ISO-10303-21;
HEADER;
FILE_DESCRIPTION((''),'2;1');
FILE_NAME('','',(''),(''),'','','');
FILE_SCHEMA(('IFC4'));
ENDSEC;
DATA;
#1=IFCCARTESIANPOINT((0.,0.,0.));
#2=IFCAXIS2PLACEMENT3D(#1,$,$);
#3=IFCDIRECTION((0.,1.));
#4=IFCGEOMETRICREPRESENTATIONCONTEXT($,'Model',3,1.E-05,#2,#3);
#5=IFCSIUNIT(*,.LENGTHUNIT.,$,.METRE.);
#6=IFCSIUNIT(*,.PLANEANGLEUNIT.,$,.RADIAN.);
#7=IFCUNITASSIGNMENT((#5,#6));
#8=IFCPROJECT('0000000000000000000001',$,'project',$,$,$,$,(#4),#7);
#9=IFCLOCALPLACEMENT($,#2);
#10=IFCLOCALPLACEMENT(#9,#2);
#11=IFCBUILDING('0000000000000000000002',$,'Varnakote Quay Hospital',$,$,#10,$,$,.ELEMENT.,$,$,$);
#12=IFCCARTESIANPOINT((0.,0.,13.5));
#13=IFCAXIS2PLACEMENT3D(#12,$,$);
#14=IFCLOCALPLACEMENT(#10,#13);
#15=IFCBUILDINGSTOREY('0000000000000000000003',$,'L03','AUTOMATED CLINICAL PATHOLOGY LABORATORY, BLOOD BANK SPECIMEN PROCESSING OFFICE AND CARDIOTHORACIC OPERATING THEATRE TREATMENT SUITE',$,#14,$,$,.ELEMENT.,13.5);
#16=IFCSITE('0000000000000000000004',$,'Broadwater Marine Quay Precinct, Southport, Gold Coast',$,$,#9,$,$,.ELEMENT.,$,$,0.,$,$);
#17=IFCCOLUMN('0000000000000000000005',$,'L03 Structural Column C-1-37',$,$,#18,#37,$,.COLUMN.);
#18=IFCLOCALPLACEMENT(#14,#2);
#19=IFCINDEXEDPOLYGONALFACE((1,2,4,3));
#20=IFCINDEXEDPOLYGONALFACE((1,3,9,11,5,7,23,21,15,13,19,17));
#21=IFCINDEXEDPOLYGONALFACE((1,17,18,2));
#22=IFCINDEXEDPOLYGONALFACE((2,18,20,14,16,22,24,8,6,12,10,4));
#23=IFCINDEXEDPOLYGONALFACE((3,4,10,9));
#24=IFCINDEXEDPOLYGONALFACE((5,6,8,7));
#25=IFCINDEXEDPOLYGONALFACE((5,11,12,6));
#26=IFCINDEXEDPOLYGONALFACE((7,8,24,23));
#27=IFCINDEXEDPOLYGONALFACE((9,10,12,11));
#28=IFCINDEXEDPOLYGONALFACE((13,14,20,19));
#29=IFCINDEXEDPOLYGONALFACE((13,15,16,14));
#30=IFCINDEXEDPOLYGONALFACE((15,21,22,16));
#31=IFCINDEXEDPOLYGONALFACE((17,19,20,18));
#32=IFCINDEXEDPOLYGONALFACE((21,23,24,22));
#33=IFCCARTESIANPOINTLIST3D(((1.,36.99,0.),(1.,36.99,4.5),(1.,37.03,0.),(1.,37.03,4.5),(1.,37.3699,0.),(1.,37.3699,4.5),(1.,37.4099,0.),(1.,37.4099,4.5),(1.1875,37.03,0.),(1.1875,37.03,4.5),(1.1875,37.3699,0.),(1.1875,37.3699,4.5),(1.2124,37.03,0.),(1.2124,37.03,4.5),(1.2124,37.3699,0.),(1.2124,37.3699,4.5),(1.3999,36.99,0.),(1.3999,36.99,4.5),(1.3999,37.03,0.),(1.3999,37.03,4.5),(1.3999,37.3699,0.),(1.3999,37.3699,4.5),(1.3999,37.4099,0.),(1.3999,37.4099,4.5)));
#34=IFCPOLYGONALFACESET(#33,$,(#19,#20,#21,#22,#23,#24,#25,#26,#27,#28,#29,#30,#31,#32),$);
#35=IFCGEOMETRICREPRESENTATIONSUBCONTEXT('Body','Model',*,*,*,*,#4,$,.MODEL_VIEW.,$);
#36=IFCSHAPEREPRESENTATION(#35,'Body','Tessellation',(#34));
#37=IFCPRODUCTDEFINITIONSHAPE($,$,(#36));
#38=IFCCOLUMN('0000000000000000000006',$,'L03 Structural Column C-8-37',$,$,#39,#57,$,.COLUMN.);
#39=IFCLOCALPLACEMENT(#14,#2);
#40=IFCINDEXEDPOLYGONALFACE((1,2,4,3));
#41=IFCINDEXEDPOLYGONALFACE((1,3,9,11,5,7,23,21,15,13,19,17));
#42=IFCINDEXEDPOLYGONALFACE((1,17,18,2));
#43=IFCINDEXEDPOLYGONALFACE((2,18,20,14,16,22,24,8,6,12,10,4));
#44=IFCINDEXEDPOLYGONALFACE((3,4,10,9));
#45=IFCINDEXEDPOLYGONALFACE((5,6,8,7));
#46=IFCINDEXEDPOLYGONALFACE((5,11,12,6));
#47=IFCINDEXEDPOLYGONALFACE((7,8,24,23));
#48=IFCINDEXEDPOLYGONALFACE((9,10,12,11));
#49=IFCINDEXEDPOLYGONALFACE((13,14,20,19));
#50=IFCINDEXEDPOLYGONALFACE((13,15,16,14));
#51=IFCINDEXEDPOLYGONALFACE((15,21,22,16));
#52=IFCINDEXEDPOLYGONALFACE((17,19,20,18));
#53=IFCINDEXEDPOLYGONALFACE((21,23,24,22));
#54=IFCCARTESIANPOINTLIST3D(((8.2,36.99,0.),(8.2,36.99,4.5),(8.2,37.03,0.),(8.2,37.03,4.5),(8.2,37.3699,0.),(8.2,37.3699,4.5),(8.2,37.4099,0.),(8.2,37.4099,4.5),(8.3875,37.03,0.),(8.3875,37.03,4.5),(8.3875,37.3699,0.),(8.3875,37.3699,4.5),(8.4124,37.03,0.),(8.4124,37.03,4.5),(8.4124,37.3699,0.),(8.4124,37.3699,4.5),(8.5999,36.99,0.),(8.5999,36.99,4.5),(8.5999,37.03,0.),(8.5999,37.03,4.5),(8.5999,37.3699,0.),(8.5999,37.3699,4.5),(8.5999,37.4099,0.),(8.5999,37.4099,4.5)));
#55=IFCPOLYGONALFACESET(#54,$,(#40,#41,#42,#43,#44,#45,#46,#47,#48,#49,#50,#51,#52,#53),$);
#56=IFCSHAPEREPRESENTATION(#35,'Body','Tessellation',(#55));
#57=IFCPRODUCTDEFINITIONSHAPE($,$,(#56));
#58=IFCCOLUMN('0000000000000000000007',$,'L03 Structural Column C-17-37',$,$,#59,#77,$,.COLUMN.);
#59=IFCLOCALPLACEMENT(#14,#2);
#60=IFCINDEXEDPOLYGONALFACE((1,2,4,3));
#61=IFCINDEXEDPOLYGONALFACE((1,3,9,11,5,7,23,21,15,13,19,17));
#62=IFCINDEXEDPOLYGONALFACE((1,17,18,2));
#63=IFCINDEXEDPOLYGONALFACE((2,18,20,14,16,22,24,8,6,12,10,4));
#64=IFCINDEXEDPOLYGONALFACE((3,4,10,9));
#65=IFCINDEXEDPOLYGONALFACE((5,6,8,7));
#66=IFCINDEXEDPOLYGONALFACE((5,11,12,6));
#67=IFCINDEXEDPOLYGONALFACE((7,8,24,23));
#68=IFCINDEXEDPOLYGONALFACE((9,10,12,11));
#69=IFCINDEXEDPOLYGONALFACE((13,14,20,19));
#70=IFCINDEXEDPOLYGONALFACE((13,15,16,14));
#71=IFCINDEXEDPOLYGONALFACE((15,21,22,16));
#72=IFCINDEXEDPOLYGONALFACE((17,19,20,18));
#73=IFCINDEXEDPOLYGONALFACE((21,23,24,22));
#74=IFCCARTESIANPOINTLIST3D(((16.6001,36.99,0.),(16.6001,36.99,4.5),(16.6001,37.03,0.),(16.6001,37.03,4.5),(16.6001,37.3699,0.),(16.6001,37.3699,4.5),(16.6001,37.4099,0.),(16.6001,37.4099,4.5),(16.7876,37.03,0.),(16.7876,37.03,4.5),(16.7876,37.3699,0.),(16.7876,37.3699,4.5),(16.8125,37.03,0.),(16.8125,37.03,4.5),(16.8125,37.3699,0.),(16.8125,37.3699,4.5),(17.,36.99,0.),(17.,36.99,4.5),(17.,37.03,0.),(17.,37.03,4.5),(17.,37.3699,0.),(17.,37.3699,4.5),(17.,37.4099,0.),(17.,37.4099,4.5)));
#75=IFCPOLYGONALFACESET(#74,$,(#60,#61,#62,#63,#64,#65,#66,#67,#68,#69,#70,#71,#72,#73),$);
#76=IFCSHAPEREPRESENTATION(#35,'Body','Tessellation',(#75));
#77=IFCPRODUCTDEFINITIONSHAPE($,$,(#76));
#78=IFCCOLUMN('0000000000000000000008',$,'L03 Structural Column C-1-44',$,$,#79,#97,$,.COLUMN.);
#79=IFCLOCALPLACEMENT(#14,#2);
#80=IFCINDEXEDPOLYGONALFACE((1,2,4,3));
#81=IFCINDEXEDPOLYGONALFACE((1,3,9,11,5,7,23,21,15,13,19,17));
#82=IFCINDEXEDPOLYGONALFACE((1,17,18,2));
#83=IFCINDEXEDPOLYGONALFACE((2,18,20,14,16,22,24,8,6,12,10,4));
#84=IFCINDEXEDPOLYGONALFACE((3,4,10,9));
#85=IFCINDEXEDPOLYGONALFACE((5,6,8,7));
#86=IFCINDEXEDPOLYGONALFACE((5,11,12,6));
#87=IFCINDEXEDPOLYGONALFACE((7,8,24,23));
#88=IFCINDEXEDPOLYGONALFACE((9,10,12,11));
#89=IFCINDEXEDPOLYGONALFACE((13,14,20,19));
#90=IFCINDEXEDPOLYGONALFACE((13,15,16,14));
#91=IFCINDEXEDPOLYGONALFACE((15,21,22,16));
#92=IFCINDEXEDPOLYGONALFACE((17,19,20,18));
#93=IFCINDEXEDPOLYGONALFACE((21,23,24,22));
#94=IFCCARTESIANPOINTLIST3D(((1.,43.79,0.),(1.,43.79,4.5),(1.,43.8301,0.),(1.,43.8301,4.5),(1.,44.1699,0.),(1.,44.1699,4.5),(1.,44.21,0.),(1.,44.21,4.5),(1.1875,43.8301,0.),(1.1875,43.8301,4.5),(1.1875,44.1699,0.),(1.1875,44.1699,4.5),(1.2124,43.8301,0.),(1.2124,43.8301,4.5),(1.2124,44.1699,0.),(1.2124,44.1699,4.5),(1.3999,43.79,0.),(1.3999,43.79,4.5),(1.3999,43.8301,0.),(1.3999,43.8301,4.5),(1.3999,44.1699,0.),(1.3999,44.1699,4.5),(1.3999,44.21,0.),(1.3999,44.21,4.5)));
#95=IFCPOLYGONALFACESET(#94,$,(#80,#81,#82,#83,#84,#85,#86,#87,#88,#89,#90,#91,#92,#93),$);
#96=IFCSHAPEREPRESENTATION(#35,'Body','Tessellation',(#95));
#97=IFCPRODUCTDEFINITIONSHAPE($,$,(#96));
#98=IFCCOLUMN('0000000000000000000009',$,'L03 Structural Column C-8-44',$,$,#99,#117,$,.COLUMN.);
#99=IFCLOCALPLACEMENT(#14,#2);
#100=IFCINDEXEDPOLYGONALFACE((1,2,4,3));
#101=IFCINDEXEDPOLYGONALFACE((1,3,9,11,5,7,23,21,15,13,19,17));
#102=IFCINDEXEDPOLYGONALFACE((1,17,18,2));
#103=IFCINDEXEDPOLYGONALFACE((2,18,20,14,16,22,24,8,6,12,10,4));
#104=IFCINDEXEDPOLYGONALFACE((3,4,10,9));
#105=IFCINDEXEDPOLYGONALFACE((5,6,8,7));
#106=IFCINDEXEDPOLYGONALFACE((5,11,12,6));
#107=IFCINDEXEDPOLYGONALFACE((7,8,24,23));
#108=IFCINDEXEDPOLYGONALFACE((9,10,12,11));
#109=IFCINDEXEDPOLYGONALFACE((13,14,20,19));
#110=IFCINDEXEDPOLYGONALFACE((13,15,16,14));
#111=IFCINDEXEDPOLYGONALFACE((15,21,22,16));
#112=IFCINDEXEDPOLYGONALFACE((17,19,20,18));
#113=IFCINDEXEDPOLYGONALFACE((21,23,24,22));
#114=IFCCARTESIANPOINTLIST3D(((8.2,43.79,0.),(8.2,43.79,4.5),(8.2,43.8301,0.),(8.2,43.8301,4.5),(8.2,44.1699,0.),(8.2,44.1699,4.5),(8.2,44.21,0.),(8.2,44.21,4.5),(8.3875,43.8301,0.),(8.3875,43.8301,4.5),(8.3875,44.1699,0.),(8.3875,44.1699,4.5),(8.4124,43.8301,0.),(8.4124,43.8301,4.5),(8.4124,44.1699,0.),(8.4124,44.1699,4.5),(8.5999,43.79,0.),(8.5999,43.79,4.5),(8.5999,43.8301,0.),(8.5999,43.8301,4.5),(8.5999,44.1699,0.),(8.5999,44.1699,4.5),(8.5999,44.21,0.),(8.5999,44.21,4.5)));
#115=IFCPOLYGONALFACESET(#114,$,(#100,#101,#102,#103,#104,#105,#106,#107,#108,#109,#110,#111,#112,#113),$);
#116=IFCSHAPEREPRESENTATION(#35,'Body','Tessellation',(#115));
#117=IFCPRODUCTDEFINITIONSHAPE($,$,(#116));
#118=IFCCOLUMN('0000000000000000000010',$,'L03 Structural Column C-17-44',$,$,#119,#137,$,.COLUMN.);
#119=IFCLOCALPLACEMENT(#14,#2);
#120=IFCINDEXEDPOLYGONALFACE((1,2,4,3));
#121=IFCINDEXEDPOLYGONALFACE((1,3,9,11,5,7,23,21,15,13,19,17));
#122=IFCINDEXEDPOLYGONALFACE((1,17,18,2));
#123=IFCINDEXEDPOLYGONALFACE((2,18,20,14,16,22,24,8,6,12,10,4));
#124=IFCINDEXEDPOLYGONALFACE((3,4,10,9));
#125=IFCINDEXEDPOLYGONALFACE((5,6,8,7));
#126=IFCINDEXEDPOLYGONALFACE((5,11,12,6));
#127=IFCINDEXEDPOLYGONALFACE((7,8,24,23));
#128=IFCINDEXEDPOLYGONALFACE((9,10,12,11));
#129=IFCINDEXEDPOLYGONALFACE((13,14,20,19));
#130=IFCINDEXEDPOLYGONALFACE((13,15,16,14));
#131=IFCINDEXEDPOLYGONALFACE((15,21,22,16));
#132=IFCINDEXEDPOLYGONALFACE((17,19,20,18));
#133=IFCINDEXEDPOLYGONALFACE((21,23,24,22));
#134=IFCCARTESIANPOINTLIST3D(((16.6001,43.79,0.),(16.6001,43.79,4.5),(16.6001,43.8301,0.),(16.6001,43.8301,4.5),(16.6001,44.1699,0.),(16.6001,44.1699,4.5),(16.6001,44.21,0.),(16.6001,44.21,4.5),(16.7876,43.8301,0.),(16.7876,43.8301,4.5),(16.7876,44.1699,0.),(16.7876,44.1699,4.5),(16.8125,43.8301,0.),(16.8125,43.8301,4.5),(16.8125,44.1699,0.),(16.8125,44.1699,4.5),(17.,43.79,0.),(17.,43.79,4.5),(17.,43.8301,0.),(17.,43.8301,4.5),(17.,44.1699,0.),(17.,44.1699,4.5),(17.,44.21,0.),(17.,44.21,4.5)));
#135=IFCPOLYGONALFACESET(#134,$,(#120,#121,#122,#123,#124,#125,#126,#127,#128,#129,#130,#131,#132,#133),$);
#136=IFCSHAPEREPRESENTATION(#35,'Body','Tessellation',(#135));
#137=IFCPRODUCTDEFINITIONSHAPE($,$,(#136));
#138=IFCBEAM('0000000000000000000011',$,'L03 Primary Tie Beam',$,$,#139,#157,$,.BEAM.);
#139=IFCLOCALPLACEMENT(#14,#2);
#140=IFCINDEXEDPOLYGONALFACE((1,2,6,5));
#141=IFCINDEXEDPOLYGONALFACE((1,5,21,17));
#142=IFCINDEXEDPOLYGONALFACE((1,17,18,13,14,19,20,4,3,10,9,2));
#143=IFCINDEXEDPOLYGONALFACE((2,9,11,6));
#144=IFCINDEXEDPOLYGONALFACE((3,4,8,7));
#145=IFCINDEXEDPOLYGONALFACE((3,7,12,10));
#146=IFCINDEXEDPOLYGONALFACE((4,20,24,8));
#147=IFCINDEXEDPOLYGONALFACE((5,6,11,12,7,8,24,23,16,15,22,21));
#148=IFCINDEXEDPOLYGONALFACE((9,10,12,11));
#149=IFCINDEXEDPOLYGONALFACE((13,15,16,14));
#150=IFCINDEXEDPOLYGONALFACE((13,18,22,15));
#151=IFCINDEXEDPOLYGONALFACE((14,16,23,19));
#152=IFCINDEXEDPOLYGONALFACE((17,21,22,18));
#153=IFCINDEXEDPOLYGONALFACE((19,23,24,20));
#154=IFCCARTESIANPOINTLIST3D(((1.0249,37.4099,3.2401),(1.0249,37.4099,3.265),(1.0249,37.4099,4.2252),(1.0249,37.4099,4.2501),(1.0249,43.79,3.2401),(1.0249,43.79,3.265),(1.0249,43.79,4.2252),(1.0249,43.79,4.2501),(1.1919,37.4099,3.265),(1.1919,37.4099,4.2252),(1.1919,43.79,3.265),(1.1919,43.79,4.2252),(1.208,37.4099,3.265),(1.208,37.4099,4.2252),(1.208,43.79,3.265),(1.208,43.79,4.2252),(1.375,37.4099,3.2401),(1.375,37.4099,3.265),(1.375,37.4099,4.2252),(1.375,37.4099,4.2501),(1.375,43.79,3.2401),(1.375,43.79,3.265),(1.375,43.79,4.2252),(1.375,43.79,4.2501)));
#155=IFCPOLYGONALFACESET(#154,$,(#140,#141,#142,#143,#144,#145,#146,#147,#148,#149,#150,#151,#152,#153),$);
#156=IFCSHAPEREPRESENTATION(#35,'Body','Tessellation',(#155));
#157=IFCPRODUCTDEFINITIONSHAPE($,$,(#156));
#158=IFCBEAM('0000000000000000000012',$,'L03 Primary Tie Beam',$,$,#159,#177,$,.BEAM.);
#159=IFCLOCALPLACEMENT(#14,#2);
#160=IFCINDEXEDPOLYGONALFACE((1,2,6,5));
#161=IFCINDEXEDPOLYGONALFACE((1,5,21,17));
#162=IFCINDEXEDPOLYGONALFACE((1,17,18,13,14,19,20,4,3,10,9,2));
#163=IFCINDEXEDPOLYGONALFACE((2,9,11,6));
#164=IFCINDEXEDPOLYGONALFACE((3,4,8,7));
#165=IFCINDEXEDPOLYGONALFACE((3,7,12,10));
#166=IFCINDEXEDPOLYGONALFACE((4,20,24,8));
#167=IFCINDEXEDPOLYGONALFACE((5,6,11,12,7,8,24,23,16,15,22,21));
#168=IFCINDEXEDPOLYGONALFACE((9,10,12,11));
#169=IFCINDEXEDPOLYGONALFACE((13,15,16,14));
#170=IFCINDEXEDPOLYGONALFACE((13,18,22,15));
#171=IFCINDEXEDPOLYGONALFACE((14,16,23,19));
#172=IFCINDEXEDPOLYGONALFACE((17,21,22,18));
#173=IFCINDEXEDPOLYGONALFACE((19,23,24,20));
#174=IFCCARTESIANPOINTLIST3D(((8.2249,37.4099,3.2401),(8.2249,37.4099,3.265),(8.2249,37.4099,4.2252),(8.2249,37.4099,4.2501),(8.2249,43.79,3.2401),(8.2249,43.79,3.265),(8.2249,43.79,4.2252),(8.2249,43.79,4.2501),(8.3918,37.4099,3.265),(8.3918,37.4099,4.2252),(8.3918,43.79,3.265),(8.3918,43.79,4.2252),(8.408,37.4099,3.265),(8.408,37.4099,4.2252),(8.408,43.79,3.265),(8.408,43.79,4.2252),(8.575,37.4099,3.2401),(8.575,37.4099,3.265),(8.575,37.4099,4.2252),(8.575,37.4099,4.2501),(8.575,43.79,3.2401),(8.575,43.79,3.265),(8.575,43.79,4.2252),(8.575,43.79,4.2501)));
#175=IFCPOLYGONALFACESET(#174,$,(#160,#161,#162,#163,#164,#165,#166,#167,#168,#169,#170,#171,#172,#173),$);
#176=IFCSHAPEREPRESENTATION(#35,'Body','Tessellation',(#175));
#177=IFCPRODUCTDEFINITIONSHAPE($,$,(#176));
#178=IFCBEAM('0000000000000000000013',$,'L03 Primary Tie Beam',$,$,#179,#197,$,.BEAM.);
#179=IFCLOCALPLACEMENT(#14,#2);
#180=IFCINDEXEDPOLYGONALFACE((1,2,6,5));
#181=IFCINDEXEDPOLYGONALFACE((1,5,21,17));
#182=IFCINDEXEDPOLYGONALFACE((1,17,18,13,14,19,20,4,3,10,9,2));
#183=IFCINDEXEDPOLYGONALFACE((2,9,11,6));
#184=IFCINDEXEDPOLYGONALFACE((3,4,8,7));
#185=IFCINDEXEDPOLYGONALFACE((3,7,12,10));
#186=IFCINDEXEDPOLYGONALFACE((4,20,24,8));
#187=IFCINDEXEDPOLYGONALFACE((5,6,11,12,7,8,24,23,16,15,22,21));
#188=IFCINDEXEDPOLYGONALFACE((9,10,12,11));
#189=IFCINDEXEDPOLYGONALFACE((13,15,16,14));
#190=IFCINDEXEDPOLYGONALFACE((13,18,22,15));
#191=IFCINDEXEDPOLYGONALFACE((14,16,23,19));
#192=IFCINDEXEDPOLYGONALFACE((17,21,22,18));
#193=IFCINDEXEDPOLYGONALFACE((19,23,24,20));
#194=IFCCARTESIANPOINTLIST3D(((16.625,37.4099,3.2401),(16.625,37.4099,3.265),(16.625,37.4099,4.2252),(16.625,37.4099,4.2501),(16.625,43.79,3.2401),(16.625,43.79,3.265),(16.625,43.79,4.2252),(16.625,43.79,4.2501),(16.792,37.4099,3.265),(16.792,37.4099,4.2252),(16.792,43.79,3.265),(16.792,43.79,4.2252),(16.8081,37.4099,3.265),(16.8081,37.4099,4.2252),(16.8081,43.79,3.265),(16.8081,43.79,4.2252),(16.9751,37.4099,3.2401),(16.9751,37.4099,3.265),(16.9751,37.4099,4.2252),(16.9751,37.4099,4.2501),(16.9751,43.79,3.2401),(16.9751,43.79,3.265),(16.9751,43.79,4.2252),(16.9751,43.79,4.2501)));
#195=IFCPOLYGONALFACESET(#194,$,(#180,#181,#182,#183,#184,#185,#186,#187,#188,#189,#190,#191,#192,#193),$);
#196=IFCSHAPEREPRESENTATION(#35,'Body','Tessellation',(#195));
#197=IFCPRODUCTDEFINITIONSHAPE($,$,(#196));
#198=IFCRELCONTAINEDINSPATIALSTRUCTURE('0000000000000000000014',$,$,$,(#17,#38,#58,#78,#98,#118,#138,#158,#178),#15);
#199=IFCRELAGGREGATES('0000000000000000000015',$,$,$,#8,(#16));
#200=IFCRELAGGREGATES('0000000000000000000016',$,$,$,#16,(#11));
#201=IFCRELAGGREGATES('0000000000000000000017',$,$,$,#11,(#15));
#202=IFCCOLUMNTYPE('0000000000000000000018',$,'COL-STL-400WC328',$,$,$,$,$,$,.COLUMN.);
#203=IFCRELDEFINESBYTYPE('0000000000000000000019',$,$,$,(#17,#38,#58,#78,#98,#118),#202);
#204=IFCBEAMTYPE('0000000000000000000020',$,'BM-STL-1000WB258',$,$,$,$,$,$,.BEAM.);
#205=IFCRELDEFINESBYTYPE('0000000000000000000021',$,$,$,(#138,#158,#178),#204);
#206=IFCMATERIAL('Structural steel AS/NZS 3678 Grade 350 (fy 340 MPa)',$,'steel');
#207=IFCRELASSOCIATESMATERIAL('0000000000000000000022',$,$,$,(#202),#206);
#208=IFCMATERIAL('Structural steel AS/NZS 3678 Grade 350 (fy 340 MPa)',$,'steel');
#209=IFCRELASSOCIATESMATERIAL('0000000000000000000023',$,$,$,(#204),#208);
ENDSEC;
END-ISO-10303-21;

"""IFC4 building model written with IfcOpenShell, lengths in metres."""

from ifc_helpers import new_model, si_unit, direction, frame, origin, origin_2d, place, context, subcontext, project, spatial, i_section, extrude, material, material_profile, profile_set, type_object, element, save


model = new_model("IFC4")

# Units and contexts
model_context = context("Model", 3, precision=1e-05, world=origin(), true_north=direction((0.0, 1.0)))
body_context = subcontext(model_context, "Body", "Model", "MODEL_VIEW")
ifc_project = project(units=[si_unit("LENGTHUNIT", "METRE"), si_unit("PLANEANGLEUNIT", "RADIAN")], contexts=[model_context])

# Site, building, storey
site_placement = place(None, origin())
site = spatial("IfcSite", under=ifc_project, at=site_placement, Name="Broadwater Marine Quay Precinct, Southport, Gold Coast", CompositionType="ELEMENT", RefElevation=0.0)
building_placement = place(site_placement, origin())
building = spatial("IfcBuilding", under=site, at=building_placement, Name="Varnakote Quay Hospital", CompositionType="ELEMENT")
storey_placement = place(building_placement, frame((0.0, 0.0, 13.5)))
storey = spatial("IfcBuildingStorey", under=building, at=storey_placement, Name="L03", Description="AUTOMATED CLINICAL PATHOLOGY LABORATORY, BLOOD BANK SPECIMEN PROCESSING OFFICE AND CARDIOTHORACIC OPERATING THEATRE TREATMENT SUITE", CompositionType="ELEMENT", Elevation=13.5)

# Columns
ifc_material_1 = material(Name="Structural steel AS/NZS 3678 Grade 350 (fy 340 MPa)", Category="steel")
ifc_material_profile_1 = material_profile(ifc_material_1, i_section(OverallWidth=0.3999, OverallDepth=0.4199, WebThickness=0.0249, FlangeThickness=0.04, at=origin_2d()), Name="400WC328")
ifc_profile_set_1 = profile_set([ifc_material_profile_1], Name="Structural steel AS/NZS 3678 Grade 350 (fy 340 MPa)")
column_type = type_object("IfcColumnType", Name="COL-STL-400WC328", PredefinedType="COLUMN", material=ifc_profile_set_1)
for number, where, z_axis, x_axis, name in (
    (1, (1.2, 37.2, 0.0), (0.0, 0.0, 1.0), (1.0, 0.0, 0.0), "L03 Structural Column C-1-37"),
    (2, (8.3999, 37.2, 0.0), (0.0, 0.0, 1.0), (1.0, 0.0, 0.0), "L03 Structural Column C-8-37"),
    (3, (16.8, 37.2, 0.0), (0.0, 0.0, 1.0), (1.0, 0.0, 0.0), "L03 Structural Column C-17-37"),
    (4, (1.2, 44.0, 0.0), (0.0, 0.0, 1.0), (1.0, 0.0, 0.0), "L03 Structural Column C-1-44"),
    (5, (8.3999, 44.0, 0.0), (0.0, 0.0, 1.0), (1.0, 0.0, 0.0), "L03 Structural Column C-8-44"),
    (6, (16.8, 44.0, 0.0), (0.0, 0.0, 1.0), (1.0, 0.0, 0.0), "L03 Structural Column C-17-44"),
):
    element("IfcColumn", number, at=place(storey_placement, frame(where, z_axis=z_axis, x_axis=x_axis)), inside=storey, type_object=column_type, Name=name, PredefinedType="COLUMN", context=body_context, shape_type="SweptSolid", body=[
        extrude(i_section(OverallWidth=0.3999, OverallDepth=0.4199, WebThickness=0.0249, FlangeThickness=0.04, at=origin_2d()), origin(), (0.0, 0.0, 1.0), 4.5),
    ])

# Beams
ifc_material_2 = material(Name="Structural steel AS/NZS 3678 Grade 350 (fy 340 MPa)", Category="steel")
ifc_material_profile_2 = material_profile(ifc_material_2, i_section(OverallWidth=0.3501, OverallDepth=1.01, WebThickness=0.0161, FlangeThickness=0.0249, at=origin_2d()), Name="1000WB258")
ifc_profile_set_2 = profile_set([ifc_material_profile_2], Name="Structural steel AS/NZS 3678 Grade 350 (fy 340 MPa)")
beam_type_1 = type_object("IfcBeamType", Name="BM-STL-1000WB258", PredefinedType="BEAM", material=ifc_profile_set_2)
for number, where, z_axis, x_axis, name in (
    (7, (1.2, 37.4099, 3.7451), (0.0, 1.0, 0.0), (-1.0, 0.0, 0.0), "L03 Primary Tie Beam"),
    (8, (8.3999, 37.4099, 3.7451), (0.0, 1.0, 0.0), (-1.0, 0.0, 0.0), "L03 Primary Tie Beam"),
    (9, (16.8, 37.4099, 3.7451), (0.0, 1.0, 0.0), (-1.0, 0.0, 0.0), "L03 Primary Tie Beam"),
):
    element("IfcBeam", number, at=place(storey_placement, frame(where, z_axis=z_axis, x_axis=x_axis)), inside=storey, type_object=beam_type_1, Name=name, PredefinedType="BEAM", context=body_context, shape_type="SweptSolid", body=[
        extrude(i_section(OverallWidth=0.3501, OverallDepth=1.01, WebThickness=0.0161, FlangeThickness=0.0249, at=origin_2d()), origin(), (0.0, 0.0, 1.0), 6.3801),
    ])

save(model, "model.ifc")
